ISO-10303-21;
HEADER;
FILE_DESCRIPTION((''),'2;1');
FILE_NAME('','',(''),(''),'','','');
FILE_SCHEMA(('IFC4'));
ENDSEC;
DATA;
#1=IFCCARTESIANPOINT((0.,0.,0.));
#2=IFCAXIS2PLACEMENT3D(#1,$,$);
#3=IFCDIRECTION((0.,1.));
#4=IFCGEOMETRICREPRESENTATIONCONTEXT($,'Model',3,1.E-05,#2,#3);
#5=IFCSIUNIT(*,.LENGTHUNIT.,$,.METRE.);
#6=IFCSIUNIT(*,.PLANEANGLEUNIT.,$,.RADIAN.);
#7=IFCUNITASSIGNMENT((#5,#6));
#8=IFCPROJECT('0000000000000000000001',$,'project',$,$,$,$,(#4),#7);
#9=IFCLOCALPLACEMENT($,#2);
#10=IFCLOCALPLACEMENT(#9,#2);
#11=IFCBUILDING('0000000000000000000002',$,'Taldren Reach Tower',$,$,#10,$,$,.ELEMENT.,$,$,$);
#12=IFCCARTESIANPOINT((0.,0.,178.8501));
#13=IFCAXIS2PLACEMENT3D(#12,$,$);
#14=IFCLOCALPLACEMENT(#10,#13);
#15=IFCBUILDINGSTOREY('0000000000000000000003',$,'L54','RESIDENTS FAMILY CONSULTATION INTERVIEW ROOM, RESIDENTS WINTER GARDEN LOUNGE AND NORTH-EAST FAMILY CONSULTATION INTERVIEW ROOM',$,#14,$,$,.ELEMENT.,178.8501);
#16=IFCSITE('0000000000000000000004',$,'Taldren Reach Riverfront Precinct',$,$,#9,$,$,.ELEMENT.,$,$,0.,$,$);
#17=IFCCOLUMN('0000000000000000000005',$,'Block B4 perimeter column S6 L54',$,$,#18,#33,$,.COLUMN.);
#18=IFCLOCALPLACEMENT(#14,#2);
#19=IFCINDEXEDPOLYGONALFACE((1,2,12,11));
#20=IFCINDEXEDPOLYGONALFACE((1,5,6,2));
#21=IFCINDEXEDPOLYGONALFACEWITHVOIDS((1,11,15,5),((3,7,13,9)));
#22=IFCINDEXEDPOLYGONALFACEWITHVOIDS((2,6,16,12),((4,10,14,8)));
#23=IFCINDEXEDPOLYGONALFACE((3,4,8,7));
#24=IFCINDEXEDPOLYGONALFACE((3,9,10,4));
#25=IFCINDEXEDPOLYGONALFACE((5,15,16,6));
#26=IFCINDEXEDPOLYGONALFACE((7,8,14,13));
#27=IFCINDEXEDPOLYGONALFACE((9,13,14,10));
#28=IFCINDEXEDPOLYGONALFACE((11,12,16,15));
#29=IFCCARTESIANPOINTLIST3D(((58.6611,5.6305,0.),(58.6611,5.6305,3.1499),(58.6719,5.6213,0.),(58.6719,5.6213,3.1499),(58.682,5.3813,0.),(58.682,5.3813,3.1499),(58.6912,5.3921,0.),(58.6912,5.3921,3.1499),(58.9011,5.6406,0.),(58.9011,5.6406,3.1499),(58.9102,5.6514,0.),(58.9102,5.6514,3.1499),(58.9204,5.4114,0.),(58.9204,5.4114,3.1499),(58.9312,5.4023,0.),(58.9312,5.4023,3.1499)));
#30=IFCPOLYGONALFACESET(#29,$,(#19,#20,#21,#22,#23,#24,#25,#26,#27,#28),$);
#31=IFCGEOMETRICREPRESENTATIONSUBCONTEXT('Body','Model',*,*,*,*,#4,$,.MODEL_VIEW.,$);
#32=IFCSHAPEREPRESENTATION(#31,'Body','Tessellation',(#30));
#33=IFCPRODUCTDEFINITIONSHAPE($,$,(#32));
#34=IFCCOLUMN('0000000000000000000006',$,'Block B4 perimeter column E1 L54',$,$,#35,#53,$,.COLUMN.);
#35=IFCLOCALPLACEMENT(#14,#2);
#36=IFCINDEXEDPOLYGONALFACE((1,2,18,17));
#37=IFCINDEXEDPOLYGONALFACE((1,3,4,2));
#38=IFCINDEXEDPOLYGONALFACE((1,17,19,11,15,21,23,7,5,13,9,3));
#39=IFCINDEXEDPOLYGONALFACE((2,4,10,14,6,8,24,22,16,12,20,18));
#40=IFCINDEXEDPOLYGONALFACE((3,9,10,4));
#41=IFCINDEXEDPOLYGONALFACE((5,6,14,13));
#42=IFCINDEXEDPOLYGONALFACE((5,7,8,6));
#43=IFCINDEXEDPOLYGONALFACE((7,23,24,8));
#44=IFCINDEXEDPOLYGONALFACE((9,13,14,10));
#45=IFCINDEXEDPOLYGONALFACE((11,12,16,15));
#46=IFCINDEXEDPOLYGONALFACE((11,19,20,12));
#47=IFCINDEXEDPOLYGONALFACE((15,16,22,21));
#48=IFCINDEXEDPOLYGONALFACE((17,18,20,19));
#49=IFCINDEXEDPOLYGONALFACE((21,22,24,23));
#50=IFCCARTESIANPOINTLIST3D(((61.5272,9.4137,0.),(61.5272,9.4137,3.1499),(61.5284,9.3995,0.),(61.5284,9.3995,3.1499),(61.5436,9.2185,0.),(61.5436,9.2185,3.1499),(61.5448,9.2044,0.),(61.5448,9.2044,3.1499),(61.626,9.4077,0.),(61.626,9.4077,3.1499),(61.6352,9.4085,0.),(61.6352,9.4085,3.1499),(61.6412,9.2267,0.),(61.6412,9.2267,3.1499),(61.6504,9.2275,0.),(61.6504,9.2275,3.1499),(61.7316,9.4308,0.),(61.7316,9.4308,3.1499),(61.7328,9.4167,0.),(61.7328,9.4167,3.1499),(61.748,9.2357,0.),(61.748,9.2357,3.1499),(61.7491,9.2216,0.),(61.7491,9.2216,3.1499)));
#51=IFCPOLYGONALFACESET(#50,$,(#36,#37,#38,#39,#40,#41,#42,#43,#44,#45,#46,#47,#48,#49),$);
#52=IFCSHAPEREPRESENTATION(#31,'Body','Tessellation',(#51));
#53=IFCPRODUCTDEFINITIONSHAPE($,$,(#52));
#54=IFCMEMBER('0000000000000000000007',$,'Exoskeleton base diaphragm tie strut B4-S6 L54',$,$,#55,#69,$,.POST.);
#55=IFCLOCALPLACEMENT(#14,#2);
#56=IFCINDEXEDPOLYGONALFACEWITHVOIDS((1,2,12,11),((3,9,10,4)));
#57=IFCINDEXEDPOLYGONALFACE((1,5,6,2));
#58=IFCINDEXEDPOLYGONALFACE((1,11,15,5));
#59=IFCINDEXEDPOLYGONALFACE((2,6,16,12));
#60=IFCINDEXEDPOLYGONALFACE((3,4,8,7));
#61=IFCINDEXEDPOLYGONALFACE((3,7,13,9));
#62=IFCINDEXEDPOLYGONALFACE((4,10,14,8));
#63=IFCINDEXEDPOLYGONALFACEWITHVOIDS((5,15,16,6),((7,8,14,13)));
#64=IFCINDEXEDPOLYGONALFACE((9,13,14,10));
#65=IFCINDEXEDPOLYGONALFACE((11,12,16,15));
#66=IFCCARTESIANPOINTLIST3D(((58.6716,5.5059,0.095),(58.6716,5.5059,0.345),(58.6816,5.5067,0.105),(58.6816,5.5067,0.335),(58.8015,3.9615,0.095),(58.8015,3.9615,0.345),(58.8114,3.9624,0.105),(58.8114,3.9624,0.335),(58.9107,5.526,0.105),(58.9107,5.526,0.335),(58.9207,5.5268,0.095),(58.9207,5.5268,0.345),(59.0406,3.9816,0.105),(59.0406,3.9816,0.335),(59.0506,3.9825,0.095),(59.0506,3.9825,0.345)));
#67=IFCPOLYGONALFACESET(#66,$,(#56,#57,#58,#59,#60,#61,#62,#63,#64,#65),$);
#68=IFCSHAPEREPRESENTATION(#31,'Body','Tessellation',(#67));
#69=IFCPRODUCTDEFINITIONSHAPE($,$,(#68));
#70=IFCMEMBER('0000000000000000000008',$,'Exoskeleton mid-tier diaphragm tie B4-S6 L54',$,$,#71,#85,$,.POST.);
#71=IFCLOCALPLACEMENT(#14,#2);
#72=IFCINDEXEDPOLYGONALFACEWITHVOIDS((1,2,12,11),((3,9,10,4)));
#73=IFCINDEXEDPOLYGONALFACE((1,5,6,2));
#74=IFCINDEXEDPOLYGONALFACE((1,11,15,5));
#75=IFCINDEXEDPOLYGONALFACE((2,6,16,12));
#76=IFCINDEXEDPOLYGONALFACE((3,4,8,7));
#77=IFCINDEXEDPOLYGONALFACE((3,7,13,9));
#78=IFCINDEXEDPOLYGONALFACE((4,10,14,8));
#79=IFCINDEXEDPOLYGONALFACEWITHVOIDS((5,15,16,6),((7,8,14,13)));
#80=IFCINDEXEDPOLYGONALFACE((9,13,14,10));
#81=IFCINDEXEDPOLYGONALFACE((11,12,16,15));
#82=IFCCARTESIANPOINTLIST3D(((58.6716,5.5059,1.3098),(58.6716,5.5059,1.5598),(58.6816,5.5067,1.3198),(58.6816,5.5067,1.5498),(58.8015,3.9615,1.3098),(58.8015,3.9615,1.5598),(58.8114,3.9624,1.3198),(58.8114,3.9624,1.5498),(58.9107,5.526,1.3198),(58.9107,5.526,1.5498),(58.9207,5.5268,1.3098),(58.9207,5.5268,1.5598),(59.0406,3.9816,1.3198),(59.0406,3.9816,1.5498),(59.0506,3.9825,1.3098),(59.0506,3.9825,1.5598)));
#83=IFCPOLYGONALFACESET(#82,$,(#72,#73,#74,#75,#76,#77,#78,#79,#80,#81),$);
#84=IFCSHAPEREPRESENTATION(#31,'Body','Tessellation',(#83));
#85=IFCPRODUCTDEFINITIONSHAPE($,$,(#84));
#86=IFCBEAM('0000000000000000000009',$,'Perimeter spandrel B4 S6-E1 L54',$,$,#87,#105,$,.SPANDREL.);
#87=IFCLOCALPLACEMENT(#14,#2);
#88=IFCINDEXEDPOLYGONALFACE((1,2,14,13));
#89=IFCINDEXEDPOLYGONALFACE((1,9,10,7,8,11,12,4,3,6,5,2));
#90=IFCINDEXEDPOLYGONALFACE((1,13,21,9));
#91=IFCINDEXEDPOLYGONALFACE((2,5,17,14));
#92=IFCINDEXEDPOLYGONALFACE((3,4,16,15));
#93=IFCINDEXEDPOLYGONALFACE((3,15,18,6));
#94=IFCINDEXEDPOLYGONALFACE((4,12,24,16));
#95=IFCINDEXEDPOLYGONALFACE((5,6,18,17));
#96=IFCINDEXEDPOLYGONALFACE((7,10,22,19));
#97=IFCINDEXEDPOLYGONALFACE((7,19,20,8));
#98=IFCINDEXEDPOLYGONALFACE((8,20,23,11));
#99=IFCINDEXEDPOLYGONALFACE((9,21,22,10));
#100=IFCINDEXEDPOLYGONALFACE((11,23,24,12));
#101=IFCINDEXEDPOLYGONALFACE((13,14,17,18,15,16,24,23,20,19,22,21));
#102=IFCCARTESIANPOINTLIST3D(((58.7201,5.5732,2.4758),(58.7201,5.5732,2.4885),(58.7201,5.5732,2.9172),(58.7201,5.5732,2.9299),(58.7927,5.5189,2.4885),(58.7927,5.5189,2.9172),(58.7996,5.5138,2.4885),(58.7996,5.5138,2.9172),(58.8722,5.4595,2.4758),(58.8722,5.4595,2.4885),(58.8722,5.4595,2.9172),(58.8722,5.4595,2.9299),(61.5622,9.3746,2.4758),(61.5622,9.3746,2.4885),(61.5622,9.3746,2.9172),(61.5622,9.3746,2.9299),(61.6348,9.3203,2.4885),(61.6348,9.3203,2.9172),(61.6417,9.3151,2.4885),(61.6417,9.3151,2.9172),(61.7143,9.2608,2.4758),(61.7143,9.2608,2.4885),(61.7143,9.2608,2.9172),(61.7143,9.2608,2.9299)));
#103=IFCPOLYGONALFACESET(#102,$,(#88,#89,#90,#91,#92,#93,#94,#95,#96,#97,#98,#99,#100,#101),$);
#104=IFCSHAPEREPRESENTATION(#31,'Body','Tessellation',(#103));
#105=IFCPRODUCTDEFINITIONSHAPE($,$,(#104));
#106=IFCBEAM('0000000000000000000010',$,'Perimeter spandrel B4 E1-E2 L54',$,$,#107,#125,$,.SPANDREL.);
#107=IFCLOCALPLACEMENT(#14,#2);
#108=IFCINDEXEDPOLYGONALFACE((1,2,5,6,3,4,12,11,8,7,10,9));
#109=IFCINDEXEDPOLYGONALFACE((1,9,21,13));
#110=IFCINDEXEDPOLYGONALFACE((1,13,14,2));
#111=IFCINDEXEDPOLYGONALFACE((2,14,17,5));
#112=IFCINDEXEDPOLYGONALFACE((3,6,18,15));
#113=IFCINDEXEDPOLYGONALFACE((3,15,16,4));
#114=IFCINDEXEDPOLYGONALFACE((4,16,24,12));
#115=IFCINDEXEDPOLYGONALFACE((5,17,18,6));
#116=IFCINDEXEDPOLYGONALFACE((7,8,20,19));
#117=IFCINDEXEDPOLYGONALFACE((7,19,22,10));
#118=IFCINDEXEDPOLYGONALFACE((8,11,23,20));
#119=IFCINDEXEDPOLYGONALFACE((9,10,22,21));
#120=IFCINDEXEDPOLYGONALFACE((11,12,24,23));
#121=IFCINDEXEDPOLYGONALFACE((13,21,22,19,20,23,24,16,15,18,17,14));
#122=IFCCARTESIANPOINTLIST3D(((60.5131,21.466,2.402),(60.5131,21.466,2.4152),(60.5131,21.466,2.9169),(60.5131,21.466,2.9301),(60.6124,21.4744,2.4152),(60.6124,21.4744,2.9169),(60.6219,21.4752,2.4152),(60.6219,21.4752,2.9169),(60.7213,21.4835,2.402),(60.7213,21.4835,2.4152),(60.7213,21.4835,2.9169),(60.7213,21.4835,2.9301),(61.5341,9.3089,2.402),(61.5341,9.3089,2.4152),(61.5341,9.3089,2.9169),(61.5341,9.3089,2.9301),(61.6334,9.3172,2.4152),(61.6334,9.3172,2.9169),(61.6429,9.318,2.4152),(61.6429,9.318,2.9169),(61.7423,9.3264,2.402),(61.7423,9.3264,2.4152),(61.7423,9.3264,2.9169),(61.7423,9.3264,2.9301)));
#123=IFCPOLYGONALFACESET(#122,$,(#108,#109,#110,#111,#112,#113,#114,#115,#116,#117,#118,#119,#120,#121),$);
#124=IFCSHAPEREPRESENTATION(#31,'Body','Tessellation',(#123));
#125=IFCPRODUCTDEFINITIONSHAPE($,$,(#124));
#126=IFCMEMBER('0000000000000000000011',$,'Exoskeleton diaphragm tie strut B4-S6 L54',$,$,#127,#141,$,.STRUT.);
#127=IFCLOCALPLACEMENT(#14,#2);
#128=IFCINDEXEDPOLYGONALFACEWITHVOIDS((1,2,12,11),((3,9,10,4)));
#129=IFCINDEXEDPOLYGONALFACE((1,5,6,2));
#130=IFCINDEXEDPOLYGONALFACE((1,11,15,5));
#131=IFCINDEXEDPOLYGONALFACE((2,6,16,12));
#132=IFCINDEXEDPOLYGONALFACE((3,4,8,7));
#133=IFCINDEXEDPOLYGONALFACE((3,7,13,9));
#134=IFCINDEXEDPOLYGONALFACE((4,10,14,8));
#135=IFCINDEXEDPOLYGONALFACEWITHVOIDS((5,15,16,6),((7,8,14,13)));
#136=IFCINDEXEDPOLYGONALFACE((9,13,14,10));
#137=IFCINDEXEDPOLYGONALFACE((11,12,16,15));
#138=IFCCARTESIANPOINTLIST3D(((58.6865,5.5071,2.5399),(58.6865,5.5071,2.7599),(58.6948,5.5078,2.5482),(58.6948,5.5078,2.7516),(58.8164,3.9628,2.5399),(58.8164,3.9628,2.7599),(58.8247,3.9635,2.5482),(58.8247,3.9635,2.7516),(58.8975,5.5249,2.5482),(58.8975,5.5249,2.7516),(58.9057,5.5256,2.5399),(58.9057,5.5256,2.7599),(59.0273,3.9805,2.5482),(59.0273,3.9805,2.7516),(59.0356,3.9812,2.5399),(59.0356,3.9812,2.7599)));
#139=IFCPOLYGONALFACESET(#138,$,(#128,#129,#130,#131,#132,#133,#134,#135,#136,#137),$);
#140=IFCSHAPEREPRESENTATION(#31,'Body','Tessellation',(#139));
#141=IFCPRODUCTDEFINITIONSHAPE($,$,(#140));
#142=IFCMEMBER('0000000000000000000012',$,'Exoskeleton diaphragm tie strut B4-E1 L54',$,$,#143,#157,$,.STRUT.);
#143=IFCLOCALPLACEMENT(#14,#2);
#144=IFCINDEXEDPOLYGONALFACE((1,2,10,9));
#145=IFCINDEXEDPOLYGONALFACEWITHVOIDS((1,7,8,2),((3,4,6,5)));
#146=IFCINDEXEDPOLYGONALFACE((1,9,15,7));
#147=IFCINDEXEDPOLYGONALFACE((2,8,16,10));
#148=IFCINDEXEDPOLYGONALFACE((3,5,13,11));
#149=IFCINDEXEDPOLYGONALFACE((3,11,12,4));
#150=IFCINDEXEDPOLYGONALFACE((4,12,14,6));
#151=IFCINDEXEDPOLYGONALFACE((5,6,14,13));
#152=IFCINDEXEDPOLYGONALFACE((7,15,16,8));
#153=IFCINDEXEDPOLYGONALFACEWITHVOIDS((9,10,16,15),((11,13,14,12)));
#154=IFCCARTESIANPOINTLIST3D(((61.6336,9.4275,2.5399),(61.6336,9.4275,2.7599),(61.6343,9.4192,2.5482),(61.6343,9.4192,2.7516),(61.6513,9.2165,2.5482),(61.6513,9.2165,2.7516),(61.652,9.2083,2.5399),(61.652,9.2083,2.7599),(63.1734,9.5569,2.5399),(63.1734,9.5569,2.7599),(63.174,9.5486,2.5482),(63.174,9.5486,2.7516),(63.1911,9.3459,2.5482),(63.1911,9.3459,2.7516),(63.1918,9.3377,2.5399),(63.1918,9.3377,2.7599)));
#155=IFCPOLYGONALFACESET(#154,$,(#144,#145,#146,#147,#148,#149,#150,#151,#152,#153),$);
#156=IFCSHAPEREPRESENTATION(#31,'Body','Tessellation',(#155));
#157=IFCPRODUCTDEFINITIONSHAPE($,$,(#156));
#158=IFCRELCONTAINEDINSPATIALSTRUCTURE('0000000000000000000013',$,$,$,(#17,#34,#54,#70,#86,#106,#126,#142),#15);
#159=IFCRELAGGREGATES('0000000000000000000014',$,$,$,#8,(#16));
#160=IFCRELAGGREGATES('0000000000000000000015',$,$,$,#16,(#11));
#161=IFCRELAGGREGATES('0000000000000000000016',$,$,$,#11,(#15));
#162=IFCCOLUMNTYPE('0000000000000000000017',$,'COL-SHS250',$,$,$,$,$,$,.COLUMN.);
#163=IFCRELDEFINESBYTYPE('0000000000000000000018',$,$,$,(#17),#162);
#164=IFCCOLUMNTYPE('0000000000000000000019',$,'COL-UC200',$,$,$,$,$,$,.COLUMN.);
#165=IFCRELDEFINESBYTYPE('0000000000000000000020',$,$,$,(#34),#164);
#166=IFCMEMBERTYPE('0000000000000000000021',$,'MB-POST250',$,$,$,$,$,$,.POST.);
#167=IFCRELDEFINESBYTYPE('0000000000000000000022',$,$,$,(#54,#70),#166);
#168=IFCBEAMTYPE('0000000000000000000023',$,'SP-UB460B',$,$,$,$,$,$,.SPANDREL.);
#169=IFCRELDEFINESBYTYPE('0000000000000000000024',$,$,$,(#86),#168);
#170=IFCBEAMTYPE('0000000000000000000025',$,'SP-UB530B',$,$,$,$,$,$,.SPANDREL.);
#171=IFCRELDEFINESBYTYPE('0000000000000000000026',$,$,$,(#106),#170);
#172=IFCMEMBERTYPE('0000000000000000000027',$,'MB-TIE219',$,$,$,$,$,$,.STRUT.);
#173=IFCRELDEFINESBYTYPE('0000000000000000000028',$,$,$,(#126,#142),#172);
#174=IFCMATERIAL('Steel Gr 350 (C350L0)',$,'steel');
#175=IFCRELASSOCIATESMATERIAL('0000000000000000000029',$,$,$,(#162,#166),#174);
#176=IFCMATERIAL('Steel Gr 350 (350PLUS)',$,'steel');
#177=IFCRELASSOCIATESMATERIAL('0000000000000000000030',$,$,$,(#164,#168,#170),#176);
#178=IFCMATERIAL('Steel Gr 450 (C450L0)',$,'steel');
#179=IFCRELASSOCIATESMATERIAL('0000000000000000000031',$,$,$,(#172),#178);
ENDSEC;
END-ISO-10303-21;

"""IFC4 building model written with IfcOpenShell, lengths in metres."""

from ifc_helpers import new_model, si_unit, direction, frame, origin, origin_2d, place, context, subcontext, project, spatial, hollow_rectangle, i_section, extrude, source, transform, mapped, material, material_profile, profile_set, type_object, element, save


model = new_model("IFC4")

# Units and contexts
model_context = context("Model", 3, precision=1e-05, world=origin(), true_north=direction((0.0, 1.0)))
body_context = subcontext(model_context, "Body", "Model", "MODEL_VIEW")
ifc_project = project(units=[si_unit("LENGTHUNIT", "METRE"), si_unit("PLANEANGLEUNIT", "RADIAN")], contexts=[model_context])

# Site, building, storey
site_placement = place(None, origin())
site = spatial("IfcSite", under=ifc_project, at=site_placement, Name="Taldren Reach Riverfront Precinct", CompositionType="ELEMENT", RefElevation=0.0)
building_placement = place(site_placement, origin())
building = spatial("IfcBuilding", under=site, at=building_placement, Name="Taldren Reach Tower", CompositionType="ELEMENT")
storey_placement = place(building_placement, frame((0.0, 0.0, 178.8501)))
storey = spatial("IfcBuildingStorey", under=building, at=storey_placement, Name="L54", Description="RESIDENTS FAMILY CONSULTATION INTERVIEW ROOM, RESIDENTS WINTER GARDEN LOUNGE AND NORTH-EAST FAMILY CONSULTATION INTERVIEW ROOM", CompositionType="ELEMENT", Elevation=178.8501)

# Columns
ifc_material_1 = material(Name="Steel Gr 350 (C350L0)", Category="steel")
ifc_material_profile_1 = material_profile(ifc_material_1, hollow_rectangle(XDim=0.25, YDim=0.25, WallThickness=0.01, at=origin_2d()), Name="250x250x10.0SHS")
ifc_profile_set_1 = profile_set([ifc_material_profile_1], Name="Steel Gr 350 (C350L0)")
column_type_1 = type_object("IfcColumnType", Name="COL-SHS250", PredefinedType="COLUMN", material=ifc_profile_set_1)
shared_shape_1 = source(origin(), body_context, "Body", "SweptSolid", [
    extrude(hollow_rectangle(XDim=0.25, YDim=0.25, WallThickness=0.01, at=origin_2d()), origin(), (0.0, 0.0, 1.0), 3.1499),
])
column_1_placement = place(storey_placement, frame((58.7961, 5.5164, 0.0), z_axis=(0.0, 0.0, 1.0), x_axis=(0.996493, 0.083678, 0.0)))
element("IfcColumn", 1, at=column_1_placement, inside=storey, type_object=column_type_1, Name="Block B4 perimeter column S6 L54", PredefinedType="COLUMN", context=body_context, shape_type="MappedRepresentation", body=[
    mapped(shared_shape_1, transform((0.0, 0.0, 0.0), scale=1.0)),
])
ifc_material_2 = material(Name="Steel Gr 350 (350PLUS)", Category="steel")
ifc_material_profile_2 = material_profile(ifc_material_2, i_section(OverallWidth=0.2051, OverallDepth=0.21, WebThickness=0.0093, FlangeThickness=0.0142, at=origin_2d()), Name="200UC59.5")
ifc_profile_set_2 = profile_set([ifc_material_profile_2], Name="Steel Gr 350 (350PLUS)")
column_type_2 = type_object("IfcColumnType", Name="COL-UC200", PredefinedType="COLUMN", material=ifc_profile_set_2)
shared_shape_2 = source(origin(), body_context, "Body", "SweptSolid", [
    extrude(i_section(OverallWidth=0.2051, OverallDepth=0.21, WebThickness=0.0093, FlangeThickness=0.0142, at=origin_2d()), origin(), (0.0, 0.0, 1.0), 3.1499),
])
column_2_placement = place(storey_placement, frame((61.6382, 9.3176, 0.0), z_axis=(0.0, 0.0, 1.0), x_axis=(0.996493, 0.083678, 0.0)))
element("IfcColumn", 2, at=column_2_placement, inside=storey, type_object=column_type_2, Name="Block B4 perimeter column E1 L54", PredefinedType="COLUMN", context=body_context, shape_type="MappedRepresentation", body=[
    mapped(shared_shape_2, transform((0.0, 0.0, 0.0), scale=1.0)),
])

# Members
ifc_material_profile_3 = material_profile(ifc_material_1, hollow_rectangle(XDim=0.25, YDim=0.25, WallThickness=0.01, at=origin_2d()), Name="250x250x10.0SHS")
ifc_profile_set_3 = profile_set([ifc_material_profile_3], Name="Steel Gr 350 (C350L0)")
member_type_1 = type_object("IfcMemberType", Name="MB-POST250", PredefinedType="POST", material=ifc_profile_set_3)
shared_shape_3 = source(origin(), body_context, "Body", "SweptSolid", [
    extrude(hollow_rectangle(XDim=0.25, YDim=0.25, WallThickness=0.01, at=origin_2d()), origin(), (0.0, 0.0, 1.0), 1.5498),
])
for number, where, z_axis, x_axis, name in (
    (3, (58.7961, 5.5164, 0.22), (0.083802, -0.996482, 0.0), (0.996482, 0.083802, 0.0), "Exoskeleton base diaphragm tie strut B4-S6 L54"),
    (4, (58.7961, 5.5164, 1.4348), (0.083802, -0.996482, 0.0), (0.996482, 0.083802, 0.0), "Exoskeleton mid-tier diaphragm tie B4-S6 L54"),
):
    element("IfcMember", number, at=place(storey_placement, frame(where, z_axis=z_axis, x_axis=x_axis)), inside=storey, type_object=member_type_1, Name=name, PredefinedType="POST", context=body_context, shape_type="MappedRepresentation", body=[
        mapped(shared_shape_3, transform((0.0, 0.0, 0.0), scale=1.0)),
    ])

# Beams
ifc_material_profile_4 = material_profile(ifc_material_2, i_section(OverallWidth=0.1899, OverallDepth=0.4541, WebThickness=0.0085, FlangeThickness=0.0127, at=origin_2d()), Name="460UB67.1")
ifc_profile_set_4 = profile_set([ifc_material_profile_4], Name="Steel Gr 350 (350PLUS)")
beam_type_1 = type_object("IfcBeamType", Name="SP-UB460B", PredefinedType="SPANDREL", material=ifc_profile_set_4)
shared_shape_4 = source(origin(), body_context, "Body", "SweptSolid", [
    extrude(i_section(OverallWidth=0.1899, OverallDepth=0.4541, WebThickness=0.0085, FlangeThickness=0.0127, at=origin_2d()), origin(), (0.0, 0.0, 1.0), 4.7463),
])
beam_1_placement = place(storey_placement, frame((58.7961, 5.5164, 2.7029), z_axis=(0.598798, 0.8009, 0.0), x_axis=(-0.8009, 0.598798, 0.0)))
element("IfcBeam", 5, at=beam_1_placement, inside=storey, type_object=beam_type_1, Name="Perimeter spandrel B4 S6-E1 L54", PredefinedType="SPANDREL", context=body_context, shape_type="MappedRepresentation", body=[
    mapped(shared_shape_4, transform((0.0, 0.0, 0.0), scale=1.0)),
])
ifc_material_profile_5 = material_profile(ifc_material_2, i_section(OverallWidth=0.209, OverallDepth=0.5281, WebThickness=0.0095, FlangeThickness=0.0132, at=origin_2d()), Name="530UB82.0")
ifc_profile_set_5 = profile_set([ifc_material_profile_5], Name="Steel Gr 350 (350PLUS)")
beam_type_2 = type_object("IfcBeamType", Name="SP-UB530B", PredefinedType="SPANDREL", material=ifc_profile_set_5)
shared_shape_5 = source(origin(), body_context, "Body", "SweptSolid", [
    extrude(i_section(OverallWidth=0.209, OverallDepth=0.5281, WebThickness=0.0095, FlangeThickness=0.0132, at=origin_2d()), origin(), (0.0, 0.0, 1.0), 12.2),
])
beam_2_placement = place(storey_placement, frame((61.6382, 9.3176, 2.666), z_axis=(-0.083688, 0.996492, 0.0), x_axis=(-0.996492, -0.083688, 0.0)))
element("IfcBeam", 6, at=beam_2_placement, inside=storey, type_object=beam_type_2, Name="Perimeter spandrel B4 E1-E2 L54", PredefinedType="SPANDREL", context=body_context, shape_type="MappedRepresentation", body=[
    mapped(shared_shape_5, transform((0.0, 0.0, 0.0), scale=1.0)),
])

# Members
ifc_material_3 = material(Name="Steel Gr 450 (C450L0)", Category="steel")
ifc_material_profile_6 = material_profile(ifc_material_3, hollow_rectangle(XDim=0.22, YDim=0.22, WallThickness=0.0083, at=origin_2d()), Name="220x220x8.2SHS")
ifc_profile_set_6 = profile_set([ifc_material_profile_6], Name="Steel Gr 450 (C450L0)")
member_type_2 = type_object("IfcMemberType", Name="MB-TIE219", PredefinedType="STRUT", material=ifc_profile_set_6)
shared_shape_6 = source(origin(), body_context, "Body", "SweptSolid", [
    extrude(hollow_rectangle(XDim=0.22, YDim=0.22, WallThickness=0.0083, at=origin_2d()), origin(), (0.0, 0.0, 1.0), 1.5498),
])
member_1_placement = place(storey_placement, frame((58.7961, 5.5164, 2.6499), z_axis=(0.083802, -0.996482, 0.0), x_axis=(0.996482, 0.083802, 0.0)))
element("IfcMember", 7, at=member_1_placement, inside=storey, type_object=member_type_2, Name="Exoskeleton diaphragm tie strut B4-S6 L54", PredefinedType="STRUT", context=body_context, shape_type="MappedRepresentation", body=[
    mapped(shared_shape_6, transform((0.0, 0.0, 0.0), scale=1.0)),
])
shared_shape_7 = source(origin(), body_context, "Body", "SweptSolid", [
    extrude(hollow_rectangle(XDim=0.22, YDim=0.22, WallThickness=0.0083, at=origin_2d()), origin(), (0.0, 0.0, 1.0), 1.5452),
])
member_2_placement = place(storey_placement, frame((61.6428, 9.3179, 2.6499), z_axis=(0.996488, 0.083738, 0.0), x_axis=(-0.083738, 0.996488, 0.0)))
element("IfcMember", 8, at=member_2_placement, inside=storey, type_object=member_type_2, Name="Exoskeleton diaphragm tie strut B4-E1 L54", PredefinedType="STRUT", context=body_context, shape_type="MappedRepresentation", body=[
    mapped(shared_shape_7, transform((0.0, 0.0, 0.0), scale=1.0)),
])

save(model, "model.ifc")
